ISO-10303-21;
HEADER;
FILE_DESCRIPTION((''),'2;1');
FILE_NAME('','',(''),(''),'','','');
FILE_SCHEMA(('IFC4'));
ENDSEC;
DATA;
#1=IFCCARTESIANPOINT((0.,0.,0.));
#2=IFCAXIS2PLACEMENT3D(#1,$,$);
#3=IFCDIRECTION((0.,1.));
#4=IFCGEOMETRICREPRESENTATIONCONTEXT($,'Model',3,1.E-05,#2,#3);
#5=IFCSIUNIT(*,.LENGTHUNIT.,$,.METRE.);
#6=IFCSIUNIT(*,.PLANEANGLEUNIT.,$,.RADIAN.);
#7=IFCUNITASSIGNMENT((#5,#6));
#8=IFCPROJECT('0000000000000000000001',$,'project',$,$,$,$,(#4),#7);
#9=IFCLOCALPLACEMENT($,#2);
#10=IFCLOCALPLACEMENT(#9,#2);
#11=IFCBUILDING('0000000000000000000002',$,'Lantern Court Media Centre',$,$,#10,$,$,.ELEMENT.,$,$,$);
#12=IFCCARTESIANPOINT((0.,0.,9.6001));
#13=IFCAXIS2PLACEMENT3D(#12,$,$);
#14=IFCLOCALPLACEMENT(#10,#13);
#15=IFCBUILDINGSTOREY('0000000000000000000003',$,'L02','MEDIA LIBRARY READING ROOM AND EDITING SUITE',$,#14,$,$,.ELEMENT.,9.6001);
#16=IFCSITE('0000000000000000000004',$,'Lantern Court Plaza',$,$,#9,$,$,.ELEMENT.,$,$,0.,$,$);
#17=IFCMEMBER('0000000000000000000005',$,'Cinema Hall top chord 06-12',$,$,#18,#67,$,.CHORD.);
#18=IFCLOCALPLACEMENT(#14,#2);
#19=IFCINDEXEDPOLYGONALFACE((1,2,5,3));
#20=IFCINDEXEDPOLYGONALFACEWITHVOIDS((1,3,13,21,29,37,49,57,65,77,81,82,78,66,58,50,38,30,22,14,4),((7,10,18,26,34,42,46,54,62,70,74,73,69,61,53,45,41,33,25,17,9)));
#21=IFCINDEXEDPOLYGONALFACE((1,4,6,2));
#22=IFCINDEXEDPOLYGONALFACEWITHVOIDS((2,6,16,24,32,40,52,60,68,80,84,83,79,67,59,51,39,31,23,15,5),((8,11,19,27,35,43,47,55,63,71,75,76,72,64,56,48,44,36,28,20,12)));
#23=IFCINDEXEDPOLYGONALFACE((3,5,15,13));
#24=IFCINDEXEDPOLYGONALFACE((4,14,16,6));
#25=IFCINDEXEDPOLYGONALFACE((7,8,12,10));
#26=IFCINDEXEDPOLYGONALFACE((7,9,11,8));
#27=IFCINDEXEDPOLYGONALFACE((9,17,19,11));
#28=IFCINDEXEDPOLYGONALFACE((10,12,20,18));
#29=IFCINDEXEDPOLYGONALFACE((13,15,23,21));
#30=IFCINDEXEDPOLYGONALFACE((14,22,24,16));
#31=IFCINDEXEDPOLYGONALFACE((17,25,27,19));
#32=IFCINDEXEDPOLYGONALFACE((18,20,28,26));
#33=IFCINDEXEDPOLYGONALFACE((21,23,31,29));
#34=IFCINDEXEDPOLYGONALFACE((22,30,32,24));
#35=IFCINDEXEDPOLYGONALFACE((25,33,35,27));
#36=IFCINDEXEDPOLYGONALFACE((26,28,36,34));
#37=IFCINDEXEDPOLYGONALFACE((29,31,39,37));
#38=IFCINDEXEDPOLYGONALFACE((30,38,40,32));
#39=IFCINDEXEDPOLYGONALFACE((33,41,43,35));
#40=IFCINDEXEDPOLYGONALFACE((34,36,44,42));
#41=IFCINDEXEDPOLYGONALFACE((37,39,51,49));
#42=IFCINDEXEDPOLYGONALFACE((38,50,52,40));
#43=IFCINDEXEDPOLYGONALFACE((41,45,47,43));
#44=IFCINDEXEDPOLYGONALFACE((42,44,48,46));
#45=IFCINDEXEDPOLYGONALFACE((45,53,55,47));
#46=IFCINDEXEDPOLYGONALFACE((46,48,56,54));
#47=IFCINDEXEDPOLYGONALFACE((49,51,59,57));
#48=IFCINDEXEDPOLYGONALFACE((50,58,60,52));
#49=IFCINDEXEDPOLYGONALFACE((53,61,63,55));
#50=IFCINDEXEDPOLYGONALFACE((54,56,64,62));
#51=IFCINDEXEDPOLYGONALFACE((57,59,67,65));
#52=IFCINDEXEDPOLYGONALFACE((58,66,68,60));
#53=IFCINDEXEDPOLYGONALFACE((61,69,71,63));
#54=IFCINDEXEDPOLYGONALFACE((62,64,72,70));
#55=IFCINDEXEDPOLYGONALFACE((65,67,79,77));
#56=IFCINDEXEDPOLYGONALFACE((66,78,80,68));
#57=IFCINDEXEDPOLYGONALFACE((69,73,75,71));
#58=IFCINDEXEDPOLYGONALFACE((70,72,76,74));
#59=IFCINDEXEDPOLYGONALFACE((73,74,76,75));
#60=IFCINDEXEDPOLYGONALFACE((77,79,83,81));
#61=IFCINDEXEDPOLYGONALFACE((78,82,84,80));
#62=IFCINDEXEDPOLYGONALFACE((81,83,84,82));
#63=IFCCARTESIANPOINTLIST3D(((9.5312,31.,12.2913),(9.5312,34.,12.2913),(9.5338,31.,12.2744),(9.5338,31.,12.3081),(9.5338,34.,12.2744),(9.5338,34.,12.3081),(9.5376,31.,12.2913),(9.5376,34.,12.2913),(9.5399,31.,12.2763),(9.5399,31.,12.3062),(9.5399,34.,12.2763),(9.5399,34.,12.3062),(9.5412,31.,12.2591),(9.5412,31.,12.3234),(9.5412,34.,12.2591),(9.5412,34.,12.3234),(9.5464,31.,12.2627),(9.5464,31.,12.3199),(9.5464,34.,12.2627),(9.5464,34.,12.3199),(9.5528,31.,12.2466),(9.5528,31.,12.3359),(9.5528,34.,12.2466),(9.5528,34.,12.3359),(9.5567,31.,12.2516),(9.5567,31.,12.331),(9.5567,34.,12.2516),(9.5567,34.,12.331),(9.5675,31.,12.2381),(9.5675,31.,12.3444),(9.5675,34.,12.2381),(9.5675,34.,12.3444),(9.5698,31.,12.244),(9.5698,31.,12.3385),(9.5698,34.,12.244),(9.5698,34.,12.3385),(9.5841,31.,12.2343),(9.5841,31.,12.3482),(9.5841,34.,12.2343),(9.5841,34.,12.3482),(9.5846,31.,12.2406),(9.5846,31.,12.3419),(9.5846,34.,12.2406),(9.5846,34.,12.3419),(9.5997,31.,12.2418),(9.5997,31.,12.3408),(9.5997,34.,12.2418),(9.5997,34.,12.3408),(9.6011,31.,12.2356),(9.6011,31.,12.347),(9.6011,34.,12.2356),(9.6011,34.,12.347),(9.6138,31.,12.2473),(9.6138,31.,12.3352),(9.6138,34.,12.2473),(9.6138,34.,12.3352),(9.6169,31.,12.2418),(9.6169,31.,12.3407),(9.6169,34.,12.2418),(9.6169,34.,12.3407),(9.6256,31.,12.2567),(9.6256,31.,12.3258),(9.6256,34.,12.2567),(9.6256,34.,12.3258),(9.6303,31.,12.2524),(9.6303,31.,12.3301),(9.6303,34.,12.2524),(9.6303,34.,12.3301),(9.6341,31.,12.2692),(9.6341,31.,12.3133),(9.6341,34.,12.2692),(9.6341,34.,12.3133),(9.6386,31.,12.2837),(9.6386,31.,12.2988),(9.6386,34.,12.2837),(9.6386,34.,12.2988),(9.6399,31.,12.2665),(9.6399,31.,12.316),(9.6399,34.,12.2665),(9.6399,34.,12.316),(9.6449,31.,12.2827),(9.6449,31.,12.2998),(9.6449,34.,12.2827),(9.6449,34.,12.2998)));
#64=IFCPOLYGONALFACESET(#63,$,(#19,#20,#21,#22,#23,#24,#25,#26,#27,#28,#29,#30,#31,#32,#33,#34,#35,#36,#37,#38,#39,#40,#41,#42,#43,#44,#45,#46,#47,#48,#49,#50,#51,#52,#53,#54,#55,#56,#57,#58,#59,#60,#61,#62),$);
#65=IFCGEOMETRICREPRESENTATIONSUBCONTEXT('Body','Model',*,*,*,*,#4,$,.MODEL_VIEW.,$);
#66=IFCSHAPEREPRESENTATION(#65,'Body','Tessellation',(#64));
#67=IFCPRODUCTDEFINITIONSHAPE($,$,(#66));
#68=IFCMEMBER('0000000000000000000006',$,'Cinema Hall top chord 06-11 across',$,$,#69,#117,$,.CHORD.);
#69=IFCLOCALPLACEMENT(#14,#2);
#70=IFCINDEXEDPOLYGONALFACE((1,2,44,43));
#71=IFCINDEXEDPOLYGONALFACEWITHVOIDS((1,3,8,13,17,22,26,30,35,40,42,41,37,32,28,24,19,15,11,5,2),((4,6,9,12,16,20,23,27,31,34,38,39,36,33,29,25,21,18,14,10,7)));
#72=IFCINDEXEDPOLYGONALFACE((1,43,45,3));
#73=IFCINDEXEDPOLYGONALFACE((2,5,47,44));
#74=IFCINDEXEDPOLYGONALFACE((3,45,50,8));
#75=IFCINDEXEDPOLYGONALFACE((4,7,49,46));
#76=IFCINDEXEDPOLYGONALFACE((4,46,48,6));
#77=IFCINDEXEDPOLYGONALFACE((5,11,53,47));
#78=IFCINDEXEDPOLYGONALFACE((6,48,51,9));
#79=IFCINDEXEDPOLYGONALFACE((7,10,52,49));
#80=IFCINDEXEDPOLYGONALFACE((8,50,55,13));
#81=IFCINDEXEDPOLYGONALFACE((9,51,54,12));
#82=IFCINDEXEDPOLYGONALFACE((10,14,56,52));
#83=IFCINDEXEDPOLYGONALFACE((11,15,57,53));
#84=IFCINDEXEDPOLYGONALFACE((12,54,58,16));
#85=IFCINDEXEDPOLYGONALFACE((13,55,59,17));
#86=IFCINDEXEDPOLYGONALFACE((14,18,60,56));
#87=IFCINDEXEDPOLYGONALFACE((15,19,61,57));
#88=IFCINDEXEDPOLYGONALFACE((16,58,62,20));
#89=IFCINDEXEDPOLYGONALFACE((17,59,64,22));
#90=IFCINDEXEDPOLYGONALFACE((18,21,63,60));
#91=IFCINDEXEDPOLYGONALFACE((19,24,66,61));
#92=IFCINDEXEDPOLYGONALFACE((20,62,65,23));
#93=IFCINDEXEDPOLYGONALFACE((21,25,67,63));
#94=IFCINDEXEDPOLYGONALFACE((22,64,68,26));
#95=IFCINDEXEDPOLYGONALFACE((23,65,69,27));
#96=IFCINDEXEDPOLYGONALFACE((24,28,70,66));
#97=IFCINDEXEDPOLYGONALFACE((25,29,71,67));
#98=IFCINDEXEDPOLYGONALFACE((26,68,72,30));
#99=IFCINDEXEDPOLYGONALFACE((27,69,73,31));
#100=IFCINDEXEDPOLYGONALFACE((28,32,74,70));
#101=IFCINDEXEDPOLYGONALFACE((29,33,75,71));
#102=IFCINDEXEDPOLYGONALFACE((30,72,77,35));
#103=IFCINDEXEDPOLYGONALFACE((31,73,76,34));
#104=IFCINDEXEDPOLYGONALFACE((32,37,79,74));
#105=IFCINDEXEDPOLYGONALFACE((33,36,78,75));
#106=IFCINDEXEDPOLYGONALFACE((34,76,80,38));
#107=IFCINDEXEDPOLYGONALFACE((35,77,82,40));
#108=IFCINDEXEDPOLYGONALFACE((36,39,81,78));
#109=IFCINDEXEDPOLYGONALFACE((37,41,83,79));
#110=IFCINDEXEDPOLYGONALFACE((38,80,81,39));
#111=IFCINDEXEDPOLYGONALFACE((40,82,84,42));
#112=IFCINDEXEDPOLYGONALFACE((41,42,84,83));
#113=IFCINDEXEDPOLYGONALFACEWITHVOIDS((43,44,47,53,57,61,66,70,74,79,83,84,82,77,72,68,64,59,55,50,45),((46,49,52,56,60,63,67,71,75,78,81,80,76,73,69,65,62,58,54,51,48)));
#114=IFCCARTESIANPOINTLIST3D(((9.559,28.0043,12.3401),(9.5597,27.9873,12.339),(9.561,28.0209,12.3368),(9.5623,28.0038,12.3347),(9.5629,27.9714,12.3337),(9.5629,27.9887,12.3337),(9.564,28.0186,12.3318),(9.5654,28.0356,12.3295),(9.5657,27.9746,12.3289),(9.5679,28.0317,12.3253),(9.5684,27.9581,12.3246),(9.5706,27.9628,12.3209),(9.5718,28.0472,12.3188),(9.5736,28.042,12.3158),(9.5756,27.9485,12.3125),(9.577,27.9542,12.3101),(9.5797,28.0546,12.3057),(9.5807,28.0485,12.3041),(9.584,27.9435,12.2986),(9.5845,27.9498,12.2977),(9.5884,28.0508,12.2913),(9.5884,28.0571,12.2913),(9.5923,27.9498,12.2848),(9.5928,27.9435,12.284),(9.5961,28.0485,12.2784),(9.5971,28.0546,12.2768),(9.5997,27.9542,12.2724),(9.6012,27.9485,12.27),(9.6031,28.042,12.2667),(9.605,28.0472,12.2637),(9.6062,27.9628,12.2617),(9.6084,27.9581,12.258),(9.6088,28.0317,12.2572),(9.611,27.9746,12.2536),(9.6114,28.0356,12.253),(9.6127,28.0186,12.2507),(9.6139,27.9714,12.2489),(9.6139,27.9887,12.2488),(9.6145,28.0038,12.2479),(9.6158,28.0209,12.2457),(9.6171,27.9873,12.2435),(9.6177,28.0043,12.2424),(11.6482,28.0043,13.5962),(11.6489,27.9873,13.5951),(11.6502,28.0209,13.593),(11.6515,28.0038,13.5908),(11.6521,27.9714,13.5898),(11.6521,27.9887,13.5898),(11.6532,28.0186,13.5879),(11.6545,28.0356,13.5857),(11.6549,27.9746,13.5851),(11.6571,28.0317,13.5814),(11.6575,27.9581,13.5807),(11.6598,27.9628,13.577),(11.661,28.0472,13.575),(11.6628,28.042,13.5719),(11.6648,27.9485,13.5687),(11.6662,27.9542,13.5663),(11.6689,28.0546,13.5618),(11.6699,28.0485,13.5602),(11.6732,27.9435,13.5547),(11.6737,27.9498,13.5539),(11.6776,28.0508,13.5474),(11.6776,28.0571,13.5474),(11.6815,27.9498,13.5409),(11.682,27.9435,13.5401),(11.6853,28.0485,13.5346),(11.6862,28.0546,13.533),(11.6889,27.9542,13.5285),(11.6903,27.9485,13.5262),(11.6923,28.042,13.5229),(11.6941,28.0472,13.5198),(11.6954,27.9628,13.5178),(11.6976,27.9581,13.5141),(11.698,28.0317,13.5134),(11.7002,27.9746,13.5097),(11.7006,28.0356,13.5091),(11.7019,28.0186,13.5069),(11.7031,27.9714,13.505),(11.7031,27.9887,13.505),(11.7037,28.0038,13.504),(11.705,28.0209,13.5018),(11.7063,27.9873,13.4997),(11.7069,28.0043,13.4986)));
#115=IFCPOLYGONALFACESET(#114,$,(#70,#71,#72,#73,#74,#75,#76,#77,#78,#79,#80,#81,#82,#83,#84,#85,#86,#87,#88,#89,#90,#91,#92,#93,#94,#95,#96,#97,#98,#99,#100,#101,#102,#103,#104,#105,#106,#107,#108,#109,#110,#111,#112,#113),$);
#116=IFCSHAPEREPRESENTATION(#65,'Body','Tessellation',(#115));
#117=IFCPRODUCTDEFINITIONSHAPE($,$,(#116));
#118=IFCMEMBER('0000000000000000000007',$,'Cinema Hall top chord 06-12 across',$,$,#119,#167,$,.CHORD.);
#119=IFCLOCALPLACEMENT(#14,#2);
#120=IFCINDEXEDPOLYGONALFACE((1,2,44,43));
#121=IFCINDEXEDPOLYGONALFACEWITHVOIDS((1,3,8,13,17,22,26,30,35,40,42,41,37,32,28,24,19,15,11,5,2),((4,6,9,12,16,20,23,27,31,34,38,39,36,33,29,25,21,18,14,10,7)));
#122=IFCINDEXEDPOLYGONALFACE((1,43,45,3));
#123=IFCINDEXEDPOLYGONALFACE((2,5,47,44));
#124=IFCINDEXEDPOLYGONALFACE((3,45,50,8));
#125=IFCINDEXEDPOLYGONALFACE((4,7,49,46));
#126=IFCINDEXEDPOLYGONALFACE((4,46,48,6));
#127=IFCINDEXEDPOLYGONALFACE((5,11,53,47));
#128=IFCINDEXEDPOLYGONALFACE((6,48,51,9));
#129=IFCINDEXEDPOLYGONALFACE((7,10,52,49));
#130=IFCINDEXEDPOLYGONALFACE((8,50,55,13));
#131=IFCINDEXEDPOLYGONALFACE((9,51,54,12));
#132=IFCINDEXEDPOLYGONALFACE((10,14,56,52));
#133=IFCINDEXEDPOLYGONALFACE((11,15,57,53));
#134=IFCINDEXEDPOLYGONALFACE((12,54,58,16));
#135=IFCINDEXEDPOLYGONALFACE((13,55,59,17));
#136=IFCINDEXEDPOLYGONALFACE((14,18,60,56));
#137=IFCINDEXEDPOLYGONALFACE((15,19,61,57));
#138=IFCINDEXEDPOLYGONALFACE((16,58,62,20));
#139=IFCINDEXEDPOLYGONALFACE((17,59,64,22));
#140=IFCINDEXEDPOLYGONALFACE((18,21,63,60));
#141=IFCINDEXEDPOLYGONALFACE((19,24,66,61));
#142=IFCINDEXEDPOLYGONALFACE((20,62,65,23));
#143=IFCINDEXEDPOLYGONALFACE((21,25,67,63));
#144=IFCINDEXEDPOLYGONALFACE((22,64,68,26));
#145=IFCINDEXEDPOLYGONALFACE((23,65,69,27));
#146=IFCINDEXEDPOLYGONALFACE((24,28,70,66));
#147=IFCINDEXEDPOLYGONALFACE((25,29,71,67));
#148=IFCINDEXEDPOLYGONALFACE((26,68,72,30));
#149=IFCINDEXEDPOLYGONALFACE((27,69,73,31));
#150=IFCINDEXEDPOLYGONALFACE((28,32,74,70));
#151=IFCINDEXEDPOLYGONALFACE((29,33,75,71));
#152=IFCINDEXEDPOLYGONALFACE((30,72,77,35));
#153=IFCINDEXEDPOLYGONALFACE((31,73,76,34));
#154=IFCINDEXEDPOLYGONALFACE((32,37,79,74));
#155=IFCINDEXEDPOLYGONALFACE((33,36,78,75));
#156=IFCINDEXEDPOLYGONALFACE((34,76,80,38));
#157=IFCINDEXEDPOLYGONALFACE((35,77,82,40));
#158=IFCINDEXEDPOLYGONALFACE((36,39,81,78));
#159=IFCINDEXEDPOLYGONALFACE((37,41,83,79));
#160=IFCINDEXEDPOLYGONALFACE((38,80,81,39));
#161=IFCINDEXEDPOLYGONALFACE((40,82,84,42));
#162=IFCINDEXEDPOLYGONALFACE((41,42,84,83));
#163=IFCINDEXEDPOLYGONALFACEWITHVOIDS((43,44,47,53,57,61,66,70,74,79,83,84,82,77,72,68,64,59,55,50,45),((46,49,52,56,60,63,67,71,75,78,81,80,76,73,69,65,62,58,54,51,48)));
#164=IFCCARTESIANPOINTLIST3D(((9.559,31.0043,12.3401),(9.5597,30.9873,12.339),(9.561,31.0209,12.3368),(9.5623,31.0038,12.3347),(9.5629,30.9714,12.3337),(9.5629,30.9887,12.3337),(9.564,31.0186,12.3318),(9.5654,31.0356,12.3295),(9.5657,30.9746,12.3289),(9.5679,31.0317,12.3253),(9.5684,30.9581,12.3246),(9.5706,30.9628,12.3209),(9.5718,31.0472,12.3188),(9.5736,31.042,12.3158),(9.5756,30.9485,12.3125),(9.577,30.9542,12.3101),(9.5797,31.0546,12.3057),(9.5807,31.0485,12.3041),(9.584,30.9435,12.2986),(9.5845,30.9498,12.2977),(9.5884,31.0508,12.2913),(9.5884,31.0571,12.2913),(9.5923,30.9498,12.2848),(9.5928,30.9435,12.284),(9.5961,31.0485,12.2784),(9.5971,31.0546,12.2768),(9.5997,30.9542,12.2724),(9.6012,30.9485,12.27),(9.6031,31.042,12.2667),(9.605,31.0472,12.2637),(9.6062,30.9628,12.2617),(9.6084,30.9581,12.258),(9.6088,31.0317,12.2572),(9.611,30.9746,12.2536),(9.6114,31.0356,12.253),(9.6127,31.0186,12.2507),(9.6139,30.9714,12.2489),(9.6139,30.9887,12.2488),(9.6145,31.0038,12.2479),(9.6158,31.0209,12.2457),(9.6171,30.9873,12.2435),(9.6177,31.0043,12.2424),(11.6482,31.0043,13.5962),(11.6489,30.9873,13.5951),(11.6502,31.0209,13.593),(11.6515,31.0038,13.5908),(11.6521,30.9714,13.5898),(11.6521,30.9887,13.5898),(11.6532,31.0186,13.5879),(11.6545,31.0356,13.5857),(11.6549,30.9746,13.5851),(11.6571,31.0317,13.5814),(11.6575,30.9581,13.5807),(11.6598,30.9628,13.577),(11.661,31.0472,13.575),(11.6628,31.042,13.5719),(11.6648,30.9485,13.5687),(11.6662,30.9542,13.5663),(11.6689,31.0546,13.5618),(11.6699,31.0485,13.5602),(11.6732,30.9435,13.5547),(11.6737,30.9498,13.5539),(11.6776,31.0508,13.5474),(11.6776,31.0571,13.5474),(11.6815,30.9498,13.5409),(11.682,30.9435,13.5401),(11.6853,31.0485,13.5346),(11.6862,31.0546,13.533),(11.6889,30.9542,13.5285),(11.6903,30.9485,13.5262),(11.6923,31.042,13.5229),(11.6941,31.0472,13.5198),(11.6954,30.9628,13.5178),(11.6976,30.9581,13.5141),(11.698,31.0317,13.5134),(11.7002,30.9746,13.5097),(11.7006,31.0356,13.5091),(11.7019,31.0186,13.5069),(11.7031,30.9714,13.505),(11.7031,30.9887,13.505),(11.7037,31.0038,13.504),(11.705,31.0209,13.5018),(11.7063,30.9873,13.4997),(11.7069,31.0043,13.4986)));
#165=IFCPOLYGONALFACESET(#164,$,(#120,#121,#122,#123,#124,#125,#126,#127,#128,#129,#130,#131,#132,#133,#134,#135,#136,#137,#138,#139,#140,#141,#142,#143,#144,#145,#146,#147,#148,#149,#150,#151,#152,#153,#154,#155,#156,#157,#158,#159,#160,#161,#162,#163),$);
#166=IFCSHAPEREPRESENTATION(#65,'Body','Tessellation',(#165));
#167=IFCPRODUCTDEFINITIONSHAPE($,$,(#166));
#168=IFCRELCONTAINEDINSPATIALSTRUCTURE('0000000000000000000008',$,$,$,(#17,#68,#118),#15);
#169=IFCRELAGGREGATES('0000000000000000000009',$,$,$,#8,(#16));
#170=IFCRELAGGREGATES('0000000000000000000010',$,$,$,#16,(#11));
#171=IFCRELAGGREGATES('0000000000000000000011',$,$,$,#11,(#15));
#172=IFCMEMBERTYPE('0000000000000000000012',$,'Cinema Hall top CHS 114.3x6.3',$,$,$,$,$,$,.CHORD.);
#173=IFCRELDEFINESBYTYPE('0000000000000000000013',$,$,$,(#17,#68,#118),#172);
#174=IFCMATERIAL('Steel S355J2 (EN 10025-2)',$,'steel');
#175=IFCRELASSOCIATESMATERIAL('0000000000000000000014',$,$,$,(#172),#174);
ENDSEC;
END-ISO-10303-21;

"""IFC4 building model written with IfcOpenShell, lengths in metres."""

from ifc_helpers import new_model, si_unit, direction, frame, origin, origin_2d, place, context, subcontext, project, spatial, hollow_circle, extrude, material, material_profile, profile_set, type_object, element, save


model = new_model("IFC4")

# Units and contexts
model_context = context("Model", 3, precision=1e-05, world=origin(), true_north=direction((0.0, 1.0)))
body_context = subcontext(model_context, "Body", "Model", "MODEL_VIEW")
ifc_project = project(units=[si_unit("LENGTHUNIT", "METRE"), si_unit("PLANEANGLEUNIT", "RADIAN")], contexts=[model_context])

# Site, building, storey
site_placement = place(None, origin())
site = spatial("IfcSite", under=ifc_project, at=site_placement, Name="Lantern Court Plaza", CompositionType="ELEMENT", RefElevation=0.0)
building_placement = place(site_placement, origin())
building = spatial("IfcBuilding", under=site, at=building_placement, Name="Lantern Court Media Centre", CompositionType="ELEMENT")
storey_placement = place(building_placement, frame((0.0, 0.0, 9.6001)))
storey = spatial("IfcBuildingStorey", under=building, at=storey_placement, Name="L02", Description="MEDIA LIBRARY READING ROOM AND EDITING SUITE", CompositionType="ELEMENT", Elevation=9.6001)

# Members
ifc_material = material(Name="Steel S355J2 (EN 10025-2)", Category="steel")
ifc_material_profile_1 = material_profile(ifc_material, hollow_circle(Radius=0.0571, WallThickness=0.0063, at=origin_2d()), Name="Cinema Hall top CHS 114.3x6.3")
ifc_profile_set_1 = profile_set([ifc_material_profile_1], Name="Steel S355J2 (EN 10025-2)")
member_type_1 = type_object("IfcMemberType", Name="Cinema Hall top CHS 114.3x6.3", PredefinedType="CHORD", material=ifc_profile_set_1)
for number, where, z_axis, x_axis, name in (
    (1, (9.5884, 31.0, 12.2913), (0.0, 1.0, 0.0), (-1.0, 0.0, 0.0), "Cinema Hall top chord 06-12"),
):
    element("IfcMember", number, at=place(storey_placement, frame(where, z_axis=z_axis, x_axis=x_axis)), inside=storey, type_object=member_type_1, Name=name, PredefinedType="CHORD", context=body_context, shape_type="SweptSolid", body=[
        extrude(hollow_circle(Radius=0.0571, WallThickness=0.0063, at=origin_2d()), origin(), (0.0, 0.0, 1.0), 3.0),
    ])
for number, where, z_axis, x_axis, name in (
    (2, (9.5884, 28.0, 12.2913), (0.857015, 0.0, 0.515291), (0.0, 1.0, 0.0), "Cinema Hall top chord 06-11 across"),
    (3, (9.5884, 31.0, 12.2913), (0.857015, 0.0, 0.515291), (0.0, 1.0, 0.0), "Cinema Hall top chord 06-12 across"),
):
    element("IfcMember", number, at=place(storey_placement, frame(where, z_axis=z_axis, x_axis=x_axis)), inside=storey, type_object=member_type_1, Name=name, PredefinedType="CHORD", context=body_context, shape_type="SweptSolid", body=[
        extrude(hollow_circle(Radius=0.0571, WallThickness=0.0063, at=origin_2d()), origin(), (0.0, 0.0, 1.0), 2.4377),
    ])

save(model, "model.ifc")
